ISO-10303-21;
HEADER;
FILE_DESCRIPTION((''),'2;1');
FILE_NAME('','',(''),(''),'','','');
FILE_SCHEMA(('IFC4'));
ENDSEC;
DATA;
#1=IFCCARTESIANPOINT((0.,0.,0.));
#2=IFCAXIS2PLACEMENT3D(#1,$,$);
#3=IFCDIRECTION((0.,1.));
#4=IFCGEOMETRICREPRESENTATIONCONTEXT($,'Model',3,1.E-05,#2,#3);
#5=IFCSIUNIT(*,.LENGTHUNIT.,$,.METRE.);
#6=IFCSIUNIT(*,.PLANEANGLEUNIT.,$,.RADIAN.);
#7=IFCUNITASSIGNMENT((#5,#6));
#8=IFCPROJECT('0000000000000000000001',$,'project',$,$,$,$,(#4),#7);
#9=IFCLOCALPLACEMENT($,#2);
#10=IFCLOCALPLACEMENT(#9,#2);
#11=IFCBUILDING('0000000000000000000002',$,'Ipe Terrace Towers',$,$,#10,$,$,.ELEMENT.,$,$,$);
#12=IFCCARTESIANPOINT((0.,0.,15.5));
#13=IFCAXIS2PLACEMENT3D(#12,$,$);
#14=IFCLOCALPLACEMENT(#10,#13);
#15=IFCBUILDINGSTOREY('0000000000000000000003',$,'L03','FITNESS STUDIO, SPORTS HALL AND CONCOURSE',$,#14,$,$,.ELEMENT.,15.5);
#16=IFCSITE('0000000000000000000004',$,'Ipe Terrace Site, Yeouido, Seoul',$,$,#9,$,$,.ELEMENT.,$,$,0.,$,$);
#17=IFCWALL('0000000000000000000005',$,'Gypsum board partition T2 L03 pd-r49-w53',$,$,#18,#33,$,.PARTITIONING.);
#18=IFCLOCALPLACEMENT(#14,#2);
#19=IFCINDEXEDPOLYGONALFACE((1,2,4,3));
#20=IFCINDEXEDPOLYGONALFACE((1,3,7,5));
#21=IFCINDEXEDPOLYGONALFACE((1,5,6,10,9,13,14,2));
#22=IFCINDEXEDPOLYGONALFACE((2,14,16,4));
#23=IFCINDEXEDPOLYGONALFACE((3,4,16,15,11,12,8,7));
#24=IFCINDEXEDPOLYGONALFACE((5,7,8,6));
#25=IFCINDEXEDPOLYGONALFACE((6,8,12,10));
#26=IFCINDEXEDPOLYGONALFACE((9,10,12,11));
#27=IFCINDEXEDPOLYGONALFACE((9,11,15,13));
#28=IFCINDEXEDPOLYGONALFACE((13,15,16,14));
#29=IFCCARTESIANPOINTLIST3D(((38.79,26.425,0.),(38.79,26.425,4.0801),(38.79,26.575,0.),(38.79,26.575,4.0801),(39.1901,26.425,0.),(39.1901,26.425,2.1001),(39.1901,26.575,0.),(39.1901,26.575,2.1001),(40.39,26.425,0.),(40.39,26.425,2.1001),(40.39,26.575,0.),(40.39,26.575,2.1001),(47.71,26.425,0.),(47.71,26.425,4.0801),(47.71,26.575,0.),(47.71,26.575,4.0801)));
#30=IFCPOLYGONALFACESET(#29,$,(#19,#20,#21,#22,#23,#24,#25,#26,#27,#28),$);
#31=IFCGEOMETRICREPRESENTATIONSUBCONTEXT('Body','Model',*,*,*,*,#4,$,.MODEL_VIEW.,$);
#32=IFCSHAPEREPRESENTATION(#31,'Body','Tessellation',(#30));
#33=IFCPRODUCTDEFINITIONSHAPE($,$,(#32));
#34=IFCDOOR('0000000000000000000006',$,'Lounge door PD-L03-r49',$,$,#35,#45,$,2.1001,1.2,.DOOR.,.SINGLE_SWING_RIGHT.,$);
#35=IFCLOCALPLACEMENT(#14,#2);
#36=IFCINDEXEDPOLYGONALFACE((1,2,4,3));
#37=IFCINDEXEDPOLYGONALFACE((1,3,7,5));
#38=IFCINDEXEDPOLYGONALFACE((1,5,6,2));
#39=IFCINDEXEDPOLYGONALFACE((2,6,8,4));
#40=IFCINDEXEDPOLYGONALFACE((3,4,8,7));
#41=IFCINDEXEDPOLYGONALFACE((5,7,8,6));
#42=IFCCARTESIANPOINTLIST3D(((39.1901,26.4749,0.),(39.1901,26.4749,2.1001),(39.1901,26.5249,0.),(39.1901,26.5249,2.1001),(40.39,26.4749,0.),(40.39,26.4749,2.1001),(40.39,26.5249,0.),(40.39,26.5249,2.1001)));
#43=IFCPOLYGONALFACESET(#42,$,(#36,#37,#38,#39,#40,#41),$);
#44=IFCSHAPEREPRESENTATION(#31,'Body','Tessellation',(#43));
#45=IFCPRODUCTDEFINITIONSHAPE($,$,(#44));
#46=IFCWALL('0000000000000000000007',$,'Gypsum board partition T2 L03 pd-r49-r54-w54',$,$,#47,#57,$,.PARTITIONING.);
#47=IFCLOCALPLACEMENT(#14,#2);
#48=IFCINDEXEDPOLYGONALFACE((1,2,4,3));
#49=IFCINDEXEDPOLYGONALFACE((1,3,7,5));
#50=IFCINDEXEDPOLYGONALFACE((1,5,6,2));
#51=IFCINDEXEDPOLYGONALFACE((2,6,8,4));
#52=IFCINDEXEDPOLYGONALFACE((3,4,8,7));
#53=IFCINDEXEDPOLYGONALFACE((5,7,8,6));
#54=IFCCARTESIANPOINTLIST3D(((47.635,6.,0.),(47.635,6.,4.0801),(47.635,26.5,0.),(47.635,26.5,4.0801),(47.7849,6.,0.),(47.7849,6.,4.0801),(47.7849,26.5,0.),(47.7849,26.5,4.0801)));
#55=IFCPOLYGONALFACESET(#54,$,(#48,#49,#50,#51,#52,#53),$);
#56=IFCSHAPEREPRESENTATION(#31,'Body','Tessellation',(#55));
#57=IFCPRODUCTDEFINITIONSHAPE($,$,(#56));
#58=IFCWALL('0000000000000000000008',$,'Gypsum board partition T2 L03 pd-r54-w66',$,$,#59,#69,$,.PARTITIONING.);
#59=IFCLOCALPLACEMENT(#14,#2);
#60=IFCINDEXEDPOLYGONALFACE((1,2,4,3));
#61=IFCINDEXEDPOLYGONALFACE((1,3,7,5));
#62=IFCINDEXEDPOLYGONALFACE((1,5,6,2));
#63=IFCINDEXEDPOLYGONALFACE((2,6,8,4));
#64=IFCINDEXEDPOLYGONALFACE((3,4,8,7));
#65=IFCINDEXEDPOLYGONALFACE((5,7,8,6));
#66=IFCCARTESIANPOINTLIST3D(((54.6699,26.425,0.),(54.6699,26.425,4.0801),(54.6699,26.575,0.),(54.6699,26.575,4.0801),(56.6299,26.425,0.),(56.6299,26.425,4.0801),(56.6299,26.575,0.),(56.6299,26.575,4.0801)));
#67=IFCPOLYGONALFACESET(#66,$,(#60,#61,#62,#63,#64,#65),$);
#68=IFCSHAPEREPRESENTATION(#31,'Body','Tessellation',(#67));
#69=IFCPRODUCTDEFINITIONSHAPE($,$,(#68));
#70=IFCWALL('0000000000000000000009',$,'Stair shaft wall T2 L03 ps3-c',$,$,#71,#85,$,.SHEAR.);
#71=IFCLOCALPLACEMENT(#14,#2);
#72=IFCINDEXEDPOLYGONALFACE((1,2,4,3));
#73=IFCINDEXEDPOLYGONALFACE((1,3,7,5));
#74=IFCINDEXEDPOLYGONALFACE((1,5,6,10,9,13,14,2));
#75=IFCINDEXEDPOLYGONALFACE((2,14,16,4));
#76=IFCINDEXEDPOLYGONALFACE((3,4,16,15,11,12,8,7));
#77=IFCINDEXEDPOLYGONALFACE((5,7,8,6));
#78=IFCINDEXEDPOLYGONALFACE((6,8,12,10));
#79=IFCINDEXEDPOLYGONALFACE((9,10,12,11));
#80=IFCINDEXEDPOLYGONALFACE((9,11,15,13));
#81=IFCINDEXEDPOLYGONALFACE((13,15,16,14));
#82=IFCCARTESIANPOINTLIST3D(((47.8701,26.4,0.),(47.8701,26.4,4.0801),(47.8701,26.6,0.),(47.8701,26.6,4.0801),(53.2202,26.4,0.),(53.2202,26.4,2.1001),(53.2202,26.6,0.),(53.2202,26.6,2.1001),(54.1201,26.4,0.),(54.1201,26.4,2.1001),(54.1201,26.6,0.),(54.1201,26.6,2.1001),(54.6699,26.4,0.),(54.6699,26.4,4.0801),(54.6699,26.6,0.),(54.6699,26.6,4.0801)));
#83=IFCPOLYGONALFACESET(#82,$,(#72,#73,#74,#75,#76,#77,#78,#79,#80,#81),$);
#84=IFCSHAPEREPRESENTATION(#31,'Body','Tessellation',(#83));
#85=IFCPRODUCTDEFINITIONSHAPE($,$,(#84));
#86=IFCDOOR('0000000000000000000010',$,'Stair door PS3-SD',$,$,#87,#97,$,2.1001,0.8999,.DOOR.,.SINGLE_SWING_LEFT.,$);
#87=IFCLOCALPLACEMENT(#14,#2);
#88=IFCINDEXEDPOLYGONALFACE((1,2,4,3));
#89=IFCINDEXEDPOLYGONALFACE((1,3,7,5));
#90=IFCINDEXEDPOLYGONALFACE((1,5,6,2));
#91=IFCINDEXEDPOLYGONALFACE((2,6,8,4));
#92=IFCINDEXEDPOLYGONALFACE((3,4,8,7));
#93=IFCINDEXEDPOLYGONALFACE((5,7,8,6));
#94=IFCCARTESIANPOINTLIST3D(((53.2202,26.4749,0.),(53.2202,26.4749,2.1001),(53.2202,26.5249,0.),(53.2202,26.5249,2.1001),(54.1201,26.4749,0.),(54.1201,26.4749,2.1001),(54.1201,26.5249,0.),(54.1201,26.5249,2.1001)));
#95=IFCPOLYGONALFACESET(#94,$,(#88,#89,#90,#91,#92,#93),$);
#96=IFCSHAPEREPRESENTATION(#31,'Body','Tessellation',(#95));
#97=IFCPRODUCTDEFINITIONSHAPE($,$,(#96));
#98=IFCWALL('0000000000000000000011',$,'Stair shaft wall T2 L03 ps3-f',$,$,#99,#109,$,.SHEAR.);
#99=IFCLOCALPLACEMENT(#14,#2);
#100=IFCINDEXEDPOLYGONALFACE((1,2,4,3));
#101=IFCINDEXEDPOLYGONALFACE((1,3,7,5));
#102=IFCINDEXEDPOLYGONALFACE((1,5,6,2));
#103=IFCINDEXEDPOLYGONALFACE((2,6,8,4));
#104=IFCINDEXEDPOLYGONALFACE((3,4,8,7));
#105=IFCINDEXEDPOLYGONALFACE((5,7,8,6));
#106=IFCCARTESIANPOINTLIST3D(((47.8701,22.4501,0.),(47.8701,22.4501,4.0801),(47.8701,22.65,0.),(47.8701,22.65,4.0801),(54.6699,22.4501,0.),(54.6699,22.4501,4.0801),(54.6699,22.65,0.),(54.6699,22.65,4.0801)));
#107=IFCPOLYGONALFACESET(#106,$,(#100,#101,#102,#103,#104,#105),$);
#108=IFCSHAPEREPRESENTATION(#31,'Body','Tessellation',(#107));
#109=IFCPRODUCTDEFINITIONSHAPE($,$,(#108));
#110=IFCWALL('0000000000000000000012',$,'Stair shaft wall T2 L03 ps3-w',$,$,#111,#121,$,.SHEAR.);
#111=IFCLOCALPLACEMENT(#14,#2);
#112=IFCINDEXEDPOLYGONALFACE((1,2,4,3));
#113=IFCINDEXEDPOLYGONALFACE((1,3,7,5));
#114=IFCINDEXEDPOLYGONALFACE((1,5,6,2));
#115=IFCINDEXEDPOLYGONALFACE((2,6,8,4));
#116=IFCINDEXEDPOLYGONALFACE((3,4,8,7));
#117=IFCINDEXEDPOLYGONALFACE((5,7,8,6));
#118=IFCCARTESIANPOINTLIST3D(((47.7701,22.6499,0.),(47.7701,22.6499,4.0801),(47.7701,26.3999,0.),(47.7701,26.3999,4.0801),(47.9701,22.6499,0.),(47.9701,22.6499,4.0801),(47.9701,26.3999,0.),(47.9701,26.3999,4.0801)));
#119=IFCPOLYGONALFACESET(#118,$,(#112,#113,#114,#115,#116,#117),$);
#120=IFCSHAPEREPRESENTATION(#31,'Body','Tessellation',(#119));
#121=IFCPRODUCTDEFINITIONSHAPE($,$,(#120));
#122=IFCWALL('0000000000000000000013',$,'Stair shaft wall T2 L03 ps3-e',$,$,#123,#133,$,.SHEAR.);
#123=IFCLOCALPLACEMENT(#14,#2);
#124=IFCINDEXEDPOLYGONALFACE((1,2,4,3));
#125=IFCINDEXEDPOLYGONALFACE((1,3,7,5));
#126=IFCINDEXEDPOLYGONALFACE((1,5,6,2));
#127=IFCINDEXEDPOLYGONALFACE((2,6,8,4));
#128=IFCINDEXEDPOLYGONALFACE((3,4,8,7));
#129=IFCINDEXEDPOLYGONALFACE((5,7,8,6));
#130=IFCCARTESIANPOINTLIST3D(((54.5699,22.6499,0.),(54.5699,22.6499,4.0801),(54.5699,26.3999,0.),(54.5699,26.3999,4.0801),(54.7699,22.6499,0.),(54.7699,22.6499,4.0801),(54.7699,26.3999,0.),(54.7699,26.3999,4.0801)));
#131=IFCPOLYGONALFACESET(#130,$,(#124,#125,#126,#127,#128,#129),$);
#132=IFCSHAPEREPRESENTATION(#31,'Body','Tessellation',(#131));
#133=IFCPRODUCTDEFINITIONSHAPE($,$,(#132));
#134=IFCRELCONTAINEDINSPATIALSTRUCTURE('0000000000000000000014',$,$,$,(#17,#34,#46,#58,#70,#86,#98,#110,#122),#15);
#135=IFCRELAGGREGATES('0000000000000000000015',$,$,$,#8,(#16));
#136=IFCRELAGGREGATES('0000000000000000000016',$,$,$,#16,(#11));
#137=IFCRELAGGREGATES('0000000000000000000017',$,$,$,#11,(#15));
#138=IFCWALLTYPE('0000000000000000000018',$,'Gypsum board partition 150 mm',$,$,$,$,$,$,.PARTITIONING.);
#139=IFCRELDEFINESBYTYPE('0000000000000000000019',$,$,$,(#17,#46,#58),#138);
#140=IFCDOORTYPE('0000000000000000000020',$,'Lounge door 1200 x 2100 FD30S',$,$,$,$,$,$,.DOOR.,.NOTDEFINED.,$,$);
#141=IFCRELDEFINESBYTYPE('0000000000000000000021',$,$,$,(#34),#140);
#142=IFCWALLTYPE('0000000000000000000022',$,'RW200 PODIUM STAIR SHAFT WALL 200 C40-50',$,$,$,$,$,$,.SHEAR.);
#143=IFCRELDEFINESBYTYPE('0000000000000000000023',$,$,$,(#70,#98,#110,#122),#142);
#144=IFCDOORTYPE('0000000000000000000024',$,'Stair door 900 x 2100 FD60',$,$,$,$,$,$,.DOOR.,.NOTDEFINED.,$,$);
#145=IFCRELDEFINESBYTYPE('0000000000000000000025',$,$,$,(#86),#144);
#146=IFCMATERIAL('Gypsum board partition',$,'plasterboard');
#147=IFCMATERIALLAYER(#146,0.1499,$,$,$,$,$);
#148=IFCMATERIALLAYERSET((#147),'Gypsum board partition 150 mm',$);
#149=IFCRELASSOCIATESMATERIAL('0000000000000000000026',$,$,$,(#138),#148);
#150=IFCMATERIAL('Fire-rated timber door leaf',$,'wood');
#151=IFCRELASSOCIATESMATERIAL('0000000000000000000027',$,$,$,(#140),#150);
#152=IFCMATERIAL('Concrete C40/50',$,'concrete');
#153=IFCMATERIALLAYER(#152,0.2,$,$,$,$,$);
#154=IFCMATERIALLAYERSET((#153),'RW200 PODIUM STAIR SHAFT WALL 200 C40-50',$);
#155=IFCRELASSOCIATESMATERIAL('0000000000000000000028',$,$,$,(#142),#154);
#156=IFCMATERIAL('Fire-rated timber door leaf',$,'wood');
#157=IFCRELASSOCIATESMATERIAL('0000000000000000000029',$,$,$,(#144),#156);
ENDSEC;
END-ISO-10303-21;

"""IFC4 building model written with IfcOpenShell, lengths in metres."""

from ifc_helpers import new_model, si_unit, direction, frame, frame_2d, origin, place, context, subcontext, project, spatial, rectangle, extrude, material, layer, layer_set, type_object, element, fill, save


model = new_model("IFC4")

# Units and contexts
model_context = context("Model", 3, precision=1e-05, world=origin(), true_north=direction((0.0, 1.0)))
body_context = subcontext(model_context, "Body", "Model", "MODEL_VIEW")
ifc_project = project(units=[si_unit("LENGTHUNIT", "METRE"), si_unit("PLANEANGLEUNIT", "RADIAN")], contexts=[model_context])

# Site, building, storey
site_placement = place(None, origin())
site = spatial("IfcSite", under=ifc_project, at=site_placement, Name="Ipe Terrace Site, Yeouido, Seoul", CompositionType="ELEMENT", RefElevation=0.0)
building_placement = place(site_placement, origin())
building = spatial("IfcBuilding", under=site, at=building_placement, Name="Ipe Terrace Towers", CompositionType="ELEMENT")
storey_placement = place(building_placement, frame((0.0, 0.0, 15.5)))
storey = spatial("IfcBuildingStorey", under=building, at=storey_placement, Name="L03", Description="FITNESS STUDIO, SPORTS HALL AND CONCOURSE", CompositionType="ELEMENT", Elevation=15.5)

# Shared definitions
ifc_material_1 = material(Name="Gypsum board partition", Category="plasterboard")
ifc_layer_1 = layer(ifc_material_1, 0.1499)
ifc_layer_set_1 = layer_set([ifc_layer_1], Name="Gypsum board partition 150 mm")
wall_type_1 = type_object("IfcWallType", Name="Gypsum board partition 150 mm", PredefinedType="PARTITIONING", material=ifc_layer_set_1)

# Wall, opening, door
wall_1_placement = place(storey_placement, frame((38.79, 26.5, 0.0), z_axis=(0.0, 0.0, 1.0), x_axis=(1.0, 0.0, 0.0)))
wall_1 = element("IfcWall", 1, at=wall_1_placement, inside=storey, type_object=wall_type_1, Name="Gypsum board partition T2 L03 pd-r49-w53", PredefinedType="PARTITIONING", context=body_context, shape_type="SweptSolid", body=[
    extrude(rectangle(XDim=8.9199, YDim=0.1499, at=frame_2d((4.46, 0.0))), origin(), (0.0, 0.0, 1.0), 4.0801),
])
opening_1_placement = place(wall_1_placement, frame((0.3999, 0.0, 0.0)))
opening_1 = element("IfcOpeningElement", 2, at=opening_1_placement, cuts=wall_1, PredefinedType="OPENING", context=body_context, shape_type="SweptSolid", body=[
    extrude(rectangle(XDim=1.2, YDim=2.1001, at=frame_2d((0.6001, 1.05))), frame((0.0, 0.085, 0.0), z_axis=(0.0, -1.0, 0.0), x_axis=(1.0, 0.0, 0.0)), (0.0, 0.0, 1.0), 0.1699),
])
ifc_material_2 = material(Name="Fire-rated timber door leaf", Category="wood")
door_type_1 = type_object("IfcDoorType", Name="Lounge door 1200 x 2100 FD30S", OperationType="NOTDEFINED", PredefinedType="DOOR", material=ifc_material_2)
door_1_placement = place(opening_1_placement, origin())
door_1 = element("IfcDoor", 3, at=door_1_placement, inside=storey, type_object=door_type_1, Name="Lounge door PD-L03-r49", OperationType="SINGLE_SWING_RIGHT", OverallHeight=2.1001, OverallWidth=1.2, PredefinedType="DOOR", context=body_context, shape_type="SweptSolid", body=[
    extrude(rectangle(XDim=1.2, YDim=2.1001, at=frame_2d((0.6001, 1.05))), frame((0.0, 0.0249, 0.0), z_axis=(0.0, -1.0, 0.0), x_axis=(1.0, 0.0, 0.0)), (0.0, 0.0, 1.0), 0.05),
])
fill(opening_1, door_1)

# Walls
wall_2_placement = place(storey_placement, frame((47.71, 26.5, 0.0), z_axis=(0.0, 0.0, 1.0), x_axis=(0.0, -1.0, 0.0)))
element("IfcWall", 4, at=wall_2_placement, inside=storey, type_object=wall_type_1, Name="Gypsum board partition T2 L03 pd-r49-r54-w54", PredefinedType="PARTITIONING", context=body_context, shape_type="SweptSolid", body=[
    extrude(rectangle(XDim=20.5, YDim=0.1499, at=frame_2d((10.25, 0.0))), origin(), (0.0, 0.0, 1.0), 4.0801),
])
wall_3_placement = place(storey_placement, frame((54.6699, 26.5, 0.0), z_axis=(0.0, 0.0, 1.0), x_axis=(1.0, 0.0, 0.0)))
element("IfcWall", 5, at=wall_3_placement, inside=storey, type_object=wall_type_1, Name="Gypsum board partition T2 L03 pd-r54-w66", PredefinedType="PARTITIONING", context=body_context, shape_type="SweptSolid", body=[
    extrude(rectangle(XDim=1.96, YDim=0.1499, at=frame_2d((0.98, 0.0))), origin(), (0.0, 0.0, 1.0), 4.0801),
])

# Wall, opening, door
ifc_material_3 = material(Name="Concrete C40/50", Category="concrete")
ifc_layer_2 = layer(ifc_material_3, 0.2)
ifc_layer_set_2 = layer_set([ifc_layer_2], Name="RW200 PODIUM STAIR SHAFT WALL 200 C40-50")
wall_type_2 = type_object("IfcWallType", Name="RW200 PODIUM STAIR SHAFT WALL 200 C40-50", PredefinedType="SHEAR", material=ifc_layer_set_2)
wall_4_placement = place(storey_placement, frame((47.8701, 26.5, 0.0), z_axis=(0.0, 0.0, 1.0), x_axis=(1.0, 0.0, 0.0)))
wall_4 = element("IfcWall", 6, at=wall_4_placement, inside=storey, type_object=wall_type_2, Name="Stair shaft wall T2 L03 ps3-c", PredefinedType="SHEAR", context=body_context, shape_type="SweptSolid", body=[
    extrude(rectangle(XDim=6.7998, YDim=0.2, at=frame_2d((3.3999, 0.0))), origin(), (0.0, 0.0, 1.0), 4.0801),
])
opening_2_placement = place(wall_4_placement, frame((5.3501, 0.0, 0.0)))
opening_2 = element("IfcOpeningElement", 7, at=opening_2_placement, cuts=wall_4, PredefinedType="OPENING", context=body_context, shape_type="SweptSolid", body=[
    extrude(rectangle(XDim=0.8999, YDim=2.1001, at=frame_2d((0.45, 1.05))), frame((0.0, 0.1099, 0.0), z_axis=(0.0, -1.0, 0.0), x_axis=(1.0, 0.0, 0.0)), (0.0, 0.0, 1.0), 0.22),
])
ifc_material_4 = material(Name="Fire-rated timber door leaf", Category="wood")
door_type_2 = type_object("IfcDoorType", Name="Stair door 900 x 2100 FD60", OperationType="NOTDEFINED", PredefinedType="DOOR", material=ifc_material_4)
door_2_placement = place(opening_2_placement, origin())
door_2 = element("IfcDoor", 8, at=door_2_placement, inside=storey, type_object=door_type_2, Name="Stair door PS3-SD", OperationType="SINGLE_SWING_LEFT", OverallHeight=2.1001, OverallWidth=0.8999, PredefinedType="DOOR", context=body_context, shape_type="SweptSolid", body=[
    extrude(rectangle(XDim=0.8999, YDim=2.1001, at=frame_2d((0.45, 1.05))), frame((0.0, 0.0249, 0.0), z_axis=(0.0, -1.0, 0.0), x_axis=(1.0, 0.0, 0.0)), (0.0, 0.0, 1.0), 0.05),
])
fill(opening_2, door_2)

# Walls
wall_5_placement = place(storey_placement, frame((47.8701, 22.55, 0.0), z_axis=(0.0, 0.0, 1.0), x_axis=(1.0, 0.0, 0.0)))
element("IfcWall", 9, at=wall_5_placement, inside=storey, type_object=wall_type_2, Name="Stair shaft wall T2 L03 ps3-f", PredefinedType="SHEAR", context=body_context, shape_type="SweptSolid", body=[
    extrude(rectangle(XDim=6.7998, YDim=0.2, at=frame_2d((3.3999, 0.0))), origin(), (0.0, 0.0, 1.0), 4.0801),
])
for number, where, z_axis, x_axis, name in (
    (10, (47.8701, 22.6499, 0.0), (0.0, 0.0, 1.0), (0.0, 1.0, 0.0), "Stair shaft wall T2 L03 ps3-w"),
    (11, (54.6699, 22.6499, 0.0), (0.0, 0.0, 1.0), (0.0, 1.0, 0.0), "Stair shaft wall T2 L03 ps3-e"),
):
    element("IfcWall", number, at=place(storey_placement, frame(where, z_axis=z_axis, x_axis=x_axis)), inside=storey, type_object=wall_type_2, Name=name, PredefinedType="SHEAR", context=body_context, shape_type="SweptSolid", body=[
        extrude(rectangle(XDim=3.75, YDim=0.2, at=frame_2d((1.875, 0.0))), origin(), (0.0, 0.0, 1.0), 4.0801),
    ])

save(model, "model.ifc")
